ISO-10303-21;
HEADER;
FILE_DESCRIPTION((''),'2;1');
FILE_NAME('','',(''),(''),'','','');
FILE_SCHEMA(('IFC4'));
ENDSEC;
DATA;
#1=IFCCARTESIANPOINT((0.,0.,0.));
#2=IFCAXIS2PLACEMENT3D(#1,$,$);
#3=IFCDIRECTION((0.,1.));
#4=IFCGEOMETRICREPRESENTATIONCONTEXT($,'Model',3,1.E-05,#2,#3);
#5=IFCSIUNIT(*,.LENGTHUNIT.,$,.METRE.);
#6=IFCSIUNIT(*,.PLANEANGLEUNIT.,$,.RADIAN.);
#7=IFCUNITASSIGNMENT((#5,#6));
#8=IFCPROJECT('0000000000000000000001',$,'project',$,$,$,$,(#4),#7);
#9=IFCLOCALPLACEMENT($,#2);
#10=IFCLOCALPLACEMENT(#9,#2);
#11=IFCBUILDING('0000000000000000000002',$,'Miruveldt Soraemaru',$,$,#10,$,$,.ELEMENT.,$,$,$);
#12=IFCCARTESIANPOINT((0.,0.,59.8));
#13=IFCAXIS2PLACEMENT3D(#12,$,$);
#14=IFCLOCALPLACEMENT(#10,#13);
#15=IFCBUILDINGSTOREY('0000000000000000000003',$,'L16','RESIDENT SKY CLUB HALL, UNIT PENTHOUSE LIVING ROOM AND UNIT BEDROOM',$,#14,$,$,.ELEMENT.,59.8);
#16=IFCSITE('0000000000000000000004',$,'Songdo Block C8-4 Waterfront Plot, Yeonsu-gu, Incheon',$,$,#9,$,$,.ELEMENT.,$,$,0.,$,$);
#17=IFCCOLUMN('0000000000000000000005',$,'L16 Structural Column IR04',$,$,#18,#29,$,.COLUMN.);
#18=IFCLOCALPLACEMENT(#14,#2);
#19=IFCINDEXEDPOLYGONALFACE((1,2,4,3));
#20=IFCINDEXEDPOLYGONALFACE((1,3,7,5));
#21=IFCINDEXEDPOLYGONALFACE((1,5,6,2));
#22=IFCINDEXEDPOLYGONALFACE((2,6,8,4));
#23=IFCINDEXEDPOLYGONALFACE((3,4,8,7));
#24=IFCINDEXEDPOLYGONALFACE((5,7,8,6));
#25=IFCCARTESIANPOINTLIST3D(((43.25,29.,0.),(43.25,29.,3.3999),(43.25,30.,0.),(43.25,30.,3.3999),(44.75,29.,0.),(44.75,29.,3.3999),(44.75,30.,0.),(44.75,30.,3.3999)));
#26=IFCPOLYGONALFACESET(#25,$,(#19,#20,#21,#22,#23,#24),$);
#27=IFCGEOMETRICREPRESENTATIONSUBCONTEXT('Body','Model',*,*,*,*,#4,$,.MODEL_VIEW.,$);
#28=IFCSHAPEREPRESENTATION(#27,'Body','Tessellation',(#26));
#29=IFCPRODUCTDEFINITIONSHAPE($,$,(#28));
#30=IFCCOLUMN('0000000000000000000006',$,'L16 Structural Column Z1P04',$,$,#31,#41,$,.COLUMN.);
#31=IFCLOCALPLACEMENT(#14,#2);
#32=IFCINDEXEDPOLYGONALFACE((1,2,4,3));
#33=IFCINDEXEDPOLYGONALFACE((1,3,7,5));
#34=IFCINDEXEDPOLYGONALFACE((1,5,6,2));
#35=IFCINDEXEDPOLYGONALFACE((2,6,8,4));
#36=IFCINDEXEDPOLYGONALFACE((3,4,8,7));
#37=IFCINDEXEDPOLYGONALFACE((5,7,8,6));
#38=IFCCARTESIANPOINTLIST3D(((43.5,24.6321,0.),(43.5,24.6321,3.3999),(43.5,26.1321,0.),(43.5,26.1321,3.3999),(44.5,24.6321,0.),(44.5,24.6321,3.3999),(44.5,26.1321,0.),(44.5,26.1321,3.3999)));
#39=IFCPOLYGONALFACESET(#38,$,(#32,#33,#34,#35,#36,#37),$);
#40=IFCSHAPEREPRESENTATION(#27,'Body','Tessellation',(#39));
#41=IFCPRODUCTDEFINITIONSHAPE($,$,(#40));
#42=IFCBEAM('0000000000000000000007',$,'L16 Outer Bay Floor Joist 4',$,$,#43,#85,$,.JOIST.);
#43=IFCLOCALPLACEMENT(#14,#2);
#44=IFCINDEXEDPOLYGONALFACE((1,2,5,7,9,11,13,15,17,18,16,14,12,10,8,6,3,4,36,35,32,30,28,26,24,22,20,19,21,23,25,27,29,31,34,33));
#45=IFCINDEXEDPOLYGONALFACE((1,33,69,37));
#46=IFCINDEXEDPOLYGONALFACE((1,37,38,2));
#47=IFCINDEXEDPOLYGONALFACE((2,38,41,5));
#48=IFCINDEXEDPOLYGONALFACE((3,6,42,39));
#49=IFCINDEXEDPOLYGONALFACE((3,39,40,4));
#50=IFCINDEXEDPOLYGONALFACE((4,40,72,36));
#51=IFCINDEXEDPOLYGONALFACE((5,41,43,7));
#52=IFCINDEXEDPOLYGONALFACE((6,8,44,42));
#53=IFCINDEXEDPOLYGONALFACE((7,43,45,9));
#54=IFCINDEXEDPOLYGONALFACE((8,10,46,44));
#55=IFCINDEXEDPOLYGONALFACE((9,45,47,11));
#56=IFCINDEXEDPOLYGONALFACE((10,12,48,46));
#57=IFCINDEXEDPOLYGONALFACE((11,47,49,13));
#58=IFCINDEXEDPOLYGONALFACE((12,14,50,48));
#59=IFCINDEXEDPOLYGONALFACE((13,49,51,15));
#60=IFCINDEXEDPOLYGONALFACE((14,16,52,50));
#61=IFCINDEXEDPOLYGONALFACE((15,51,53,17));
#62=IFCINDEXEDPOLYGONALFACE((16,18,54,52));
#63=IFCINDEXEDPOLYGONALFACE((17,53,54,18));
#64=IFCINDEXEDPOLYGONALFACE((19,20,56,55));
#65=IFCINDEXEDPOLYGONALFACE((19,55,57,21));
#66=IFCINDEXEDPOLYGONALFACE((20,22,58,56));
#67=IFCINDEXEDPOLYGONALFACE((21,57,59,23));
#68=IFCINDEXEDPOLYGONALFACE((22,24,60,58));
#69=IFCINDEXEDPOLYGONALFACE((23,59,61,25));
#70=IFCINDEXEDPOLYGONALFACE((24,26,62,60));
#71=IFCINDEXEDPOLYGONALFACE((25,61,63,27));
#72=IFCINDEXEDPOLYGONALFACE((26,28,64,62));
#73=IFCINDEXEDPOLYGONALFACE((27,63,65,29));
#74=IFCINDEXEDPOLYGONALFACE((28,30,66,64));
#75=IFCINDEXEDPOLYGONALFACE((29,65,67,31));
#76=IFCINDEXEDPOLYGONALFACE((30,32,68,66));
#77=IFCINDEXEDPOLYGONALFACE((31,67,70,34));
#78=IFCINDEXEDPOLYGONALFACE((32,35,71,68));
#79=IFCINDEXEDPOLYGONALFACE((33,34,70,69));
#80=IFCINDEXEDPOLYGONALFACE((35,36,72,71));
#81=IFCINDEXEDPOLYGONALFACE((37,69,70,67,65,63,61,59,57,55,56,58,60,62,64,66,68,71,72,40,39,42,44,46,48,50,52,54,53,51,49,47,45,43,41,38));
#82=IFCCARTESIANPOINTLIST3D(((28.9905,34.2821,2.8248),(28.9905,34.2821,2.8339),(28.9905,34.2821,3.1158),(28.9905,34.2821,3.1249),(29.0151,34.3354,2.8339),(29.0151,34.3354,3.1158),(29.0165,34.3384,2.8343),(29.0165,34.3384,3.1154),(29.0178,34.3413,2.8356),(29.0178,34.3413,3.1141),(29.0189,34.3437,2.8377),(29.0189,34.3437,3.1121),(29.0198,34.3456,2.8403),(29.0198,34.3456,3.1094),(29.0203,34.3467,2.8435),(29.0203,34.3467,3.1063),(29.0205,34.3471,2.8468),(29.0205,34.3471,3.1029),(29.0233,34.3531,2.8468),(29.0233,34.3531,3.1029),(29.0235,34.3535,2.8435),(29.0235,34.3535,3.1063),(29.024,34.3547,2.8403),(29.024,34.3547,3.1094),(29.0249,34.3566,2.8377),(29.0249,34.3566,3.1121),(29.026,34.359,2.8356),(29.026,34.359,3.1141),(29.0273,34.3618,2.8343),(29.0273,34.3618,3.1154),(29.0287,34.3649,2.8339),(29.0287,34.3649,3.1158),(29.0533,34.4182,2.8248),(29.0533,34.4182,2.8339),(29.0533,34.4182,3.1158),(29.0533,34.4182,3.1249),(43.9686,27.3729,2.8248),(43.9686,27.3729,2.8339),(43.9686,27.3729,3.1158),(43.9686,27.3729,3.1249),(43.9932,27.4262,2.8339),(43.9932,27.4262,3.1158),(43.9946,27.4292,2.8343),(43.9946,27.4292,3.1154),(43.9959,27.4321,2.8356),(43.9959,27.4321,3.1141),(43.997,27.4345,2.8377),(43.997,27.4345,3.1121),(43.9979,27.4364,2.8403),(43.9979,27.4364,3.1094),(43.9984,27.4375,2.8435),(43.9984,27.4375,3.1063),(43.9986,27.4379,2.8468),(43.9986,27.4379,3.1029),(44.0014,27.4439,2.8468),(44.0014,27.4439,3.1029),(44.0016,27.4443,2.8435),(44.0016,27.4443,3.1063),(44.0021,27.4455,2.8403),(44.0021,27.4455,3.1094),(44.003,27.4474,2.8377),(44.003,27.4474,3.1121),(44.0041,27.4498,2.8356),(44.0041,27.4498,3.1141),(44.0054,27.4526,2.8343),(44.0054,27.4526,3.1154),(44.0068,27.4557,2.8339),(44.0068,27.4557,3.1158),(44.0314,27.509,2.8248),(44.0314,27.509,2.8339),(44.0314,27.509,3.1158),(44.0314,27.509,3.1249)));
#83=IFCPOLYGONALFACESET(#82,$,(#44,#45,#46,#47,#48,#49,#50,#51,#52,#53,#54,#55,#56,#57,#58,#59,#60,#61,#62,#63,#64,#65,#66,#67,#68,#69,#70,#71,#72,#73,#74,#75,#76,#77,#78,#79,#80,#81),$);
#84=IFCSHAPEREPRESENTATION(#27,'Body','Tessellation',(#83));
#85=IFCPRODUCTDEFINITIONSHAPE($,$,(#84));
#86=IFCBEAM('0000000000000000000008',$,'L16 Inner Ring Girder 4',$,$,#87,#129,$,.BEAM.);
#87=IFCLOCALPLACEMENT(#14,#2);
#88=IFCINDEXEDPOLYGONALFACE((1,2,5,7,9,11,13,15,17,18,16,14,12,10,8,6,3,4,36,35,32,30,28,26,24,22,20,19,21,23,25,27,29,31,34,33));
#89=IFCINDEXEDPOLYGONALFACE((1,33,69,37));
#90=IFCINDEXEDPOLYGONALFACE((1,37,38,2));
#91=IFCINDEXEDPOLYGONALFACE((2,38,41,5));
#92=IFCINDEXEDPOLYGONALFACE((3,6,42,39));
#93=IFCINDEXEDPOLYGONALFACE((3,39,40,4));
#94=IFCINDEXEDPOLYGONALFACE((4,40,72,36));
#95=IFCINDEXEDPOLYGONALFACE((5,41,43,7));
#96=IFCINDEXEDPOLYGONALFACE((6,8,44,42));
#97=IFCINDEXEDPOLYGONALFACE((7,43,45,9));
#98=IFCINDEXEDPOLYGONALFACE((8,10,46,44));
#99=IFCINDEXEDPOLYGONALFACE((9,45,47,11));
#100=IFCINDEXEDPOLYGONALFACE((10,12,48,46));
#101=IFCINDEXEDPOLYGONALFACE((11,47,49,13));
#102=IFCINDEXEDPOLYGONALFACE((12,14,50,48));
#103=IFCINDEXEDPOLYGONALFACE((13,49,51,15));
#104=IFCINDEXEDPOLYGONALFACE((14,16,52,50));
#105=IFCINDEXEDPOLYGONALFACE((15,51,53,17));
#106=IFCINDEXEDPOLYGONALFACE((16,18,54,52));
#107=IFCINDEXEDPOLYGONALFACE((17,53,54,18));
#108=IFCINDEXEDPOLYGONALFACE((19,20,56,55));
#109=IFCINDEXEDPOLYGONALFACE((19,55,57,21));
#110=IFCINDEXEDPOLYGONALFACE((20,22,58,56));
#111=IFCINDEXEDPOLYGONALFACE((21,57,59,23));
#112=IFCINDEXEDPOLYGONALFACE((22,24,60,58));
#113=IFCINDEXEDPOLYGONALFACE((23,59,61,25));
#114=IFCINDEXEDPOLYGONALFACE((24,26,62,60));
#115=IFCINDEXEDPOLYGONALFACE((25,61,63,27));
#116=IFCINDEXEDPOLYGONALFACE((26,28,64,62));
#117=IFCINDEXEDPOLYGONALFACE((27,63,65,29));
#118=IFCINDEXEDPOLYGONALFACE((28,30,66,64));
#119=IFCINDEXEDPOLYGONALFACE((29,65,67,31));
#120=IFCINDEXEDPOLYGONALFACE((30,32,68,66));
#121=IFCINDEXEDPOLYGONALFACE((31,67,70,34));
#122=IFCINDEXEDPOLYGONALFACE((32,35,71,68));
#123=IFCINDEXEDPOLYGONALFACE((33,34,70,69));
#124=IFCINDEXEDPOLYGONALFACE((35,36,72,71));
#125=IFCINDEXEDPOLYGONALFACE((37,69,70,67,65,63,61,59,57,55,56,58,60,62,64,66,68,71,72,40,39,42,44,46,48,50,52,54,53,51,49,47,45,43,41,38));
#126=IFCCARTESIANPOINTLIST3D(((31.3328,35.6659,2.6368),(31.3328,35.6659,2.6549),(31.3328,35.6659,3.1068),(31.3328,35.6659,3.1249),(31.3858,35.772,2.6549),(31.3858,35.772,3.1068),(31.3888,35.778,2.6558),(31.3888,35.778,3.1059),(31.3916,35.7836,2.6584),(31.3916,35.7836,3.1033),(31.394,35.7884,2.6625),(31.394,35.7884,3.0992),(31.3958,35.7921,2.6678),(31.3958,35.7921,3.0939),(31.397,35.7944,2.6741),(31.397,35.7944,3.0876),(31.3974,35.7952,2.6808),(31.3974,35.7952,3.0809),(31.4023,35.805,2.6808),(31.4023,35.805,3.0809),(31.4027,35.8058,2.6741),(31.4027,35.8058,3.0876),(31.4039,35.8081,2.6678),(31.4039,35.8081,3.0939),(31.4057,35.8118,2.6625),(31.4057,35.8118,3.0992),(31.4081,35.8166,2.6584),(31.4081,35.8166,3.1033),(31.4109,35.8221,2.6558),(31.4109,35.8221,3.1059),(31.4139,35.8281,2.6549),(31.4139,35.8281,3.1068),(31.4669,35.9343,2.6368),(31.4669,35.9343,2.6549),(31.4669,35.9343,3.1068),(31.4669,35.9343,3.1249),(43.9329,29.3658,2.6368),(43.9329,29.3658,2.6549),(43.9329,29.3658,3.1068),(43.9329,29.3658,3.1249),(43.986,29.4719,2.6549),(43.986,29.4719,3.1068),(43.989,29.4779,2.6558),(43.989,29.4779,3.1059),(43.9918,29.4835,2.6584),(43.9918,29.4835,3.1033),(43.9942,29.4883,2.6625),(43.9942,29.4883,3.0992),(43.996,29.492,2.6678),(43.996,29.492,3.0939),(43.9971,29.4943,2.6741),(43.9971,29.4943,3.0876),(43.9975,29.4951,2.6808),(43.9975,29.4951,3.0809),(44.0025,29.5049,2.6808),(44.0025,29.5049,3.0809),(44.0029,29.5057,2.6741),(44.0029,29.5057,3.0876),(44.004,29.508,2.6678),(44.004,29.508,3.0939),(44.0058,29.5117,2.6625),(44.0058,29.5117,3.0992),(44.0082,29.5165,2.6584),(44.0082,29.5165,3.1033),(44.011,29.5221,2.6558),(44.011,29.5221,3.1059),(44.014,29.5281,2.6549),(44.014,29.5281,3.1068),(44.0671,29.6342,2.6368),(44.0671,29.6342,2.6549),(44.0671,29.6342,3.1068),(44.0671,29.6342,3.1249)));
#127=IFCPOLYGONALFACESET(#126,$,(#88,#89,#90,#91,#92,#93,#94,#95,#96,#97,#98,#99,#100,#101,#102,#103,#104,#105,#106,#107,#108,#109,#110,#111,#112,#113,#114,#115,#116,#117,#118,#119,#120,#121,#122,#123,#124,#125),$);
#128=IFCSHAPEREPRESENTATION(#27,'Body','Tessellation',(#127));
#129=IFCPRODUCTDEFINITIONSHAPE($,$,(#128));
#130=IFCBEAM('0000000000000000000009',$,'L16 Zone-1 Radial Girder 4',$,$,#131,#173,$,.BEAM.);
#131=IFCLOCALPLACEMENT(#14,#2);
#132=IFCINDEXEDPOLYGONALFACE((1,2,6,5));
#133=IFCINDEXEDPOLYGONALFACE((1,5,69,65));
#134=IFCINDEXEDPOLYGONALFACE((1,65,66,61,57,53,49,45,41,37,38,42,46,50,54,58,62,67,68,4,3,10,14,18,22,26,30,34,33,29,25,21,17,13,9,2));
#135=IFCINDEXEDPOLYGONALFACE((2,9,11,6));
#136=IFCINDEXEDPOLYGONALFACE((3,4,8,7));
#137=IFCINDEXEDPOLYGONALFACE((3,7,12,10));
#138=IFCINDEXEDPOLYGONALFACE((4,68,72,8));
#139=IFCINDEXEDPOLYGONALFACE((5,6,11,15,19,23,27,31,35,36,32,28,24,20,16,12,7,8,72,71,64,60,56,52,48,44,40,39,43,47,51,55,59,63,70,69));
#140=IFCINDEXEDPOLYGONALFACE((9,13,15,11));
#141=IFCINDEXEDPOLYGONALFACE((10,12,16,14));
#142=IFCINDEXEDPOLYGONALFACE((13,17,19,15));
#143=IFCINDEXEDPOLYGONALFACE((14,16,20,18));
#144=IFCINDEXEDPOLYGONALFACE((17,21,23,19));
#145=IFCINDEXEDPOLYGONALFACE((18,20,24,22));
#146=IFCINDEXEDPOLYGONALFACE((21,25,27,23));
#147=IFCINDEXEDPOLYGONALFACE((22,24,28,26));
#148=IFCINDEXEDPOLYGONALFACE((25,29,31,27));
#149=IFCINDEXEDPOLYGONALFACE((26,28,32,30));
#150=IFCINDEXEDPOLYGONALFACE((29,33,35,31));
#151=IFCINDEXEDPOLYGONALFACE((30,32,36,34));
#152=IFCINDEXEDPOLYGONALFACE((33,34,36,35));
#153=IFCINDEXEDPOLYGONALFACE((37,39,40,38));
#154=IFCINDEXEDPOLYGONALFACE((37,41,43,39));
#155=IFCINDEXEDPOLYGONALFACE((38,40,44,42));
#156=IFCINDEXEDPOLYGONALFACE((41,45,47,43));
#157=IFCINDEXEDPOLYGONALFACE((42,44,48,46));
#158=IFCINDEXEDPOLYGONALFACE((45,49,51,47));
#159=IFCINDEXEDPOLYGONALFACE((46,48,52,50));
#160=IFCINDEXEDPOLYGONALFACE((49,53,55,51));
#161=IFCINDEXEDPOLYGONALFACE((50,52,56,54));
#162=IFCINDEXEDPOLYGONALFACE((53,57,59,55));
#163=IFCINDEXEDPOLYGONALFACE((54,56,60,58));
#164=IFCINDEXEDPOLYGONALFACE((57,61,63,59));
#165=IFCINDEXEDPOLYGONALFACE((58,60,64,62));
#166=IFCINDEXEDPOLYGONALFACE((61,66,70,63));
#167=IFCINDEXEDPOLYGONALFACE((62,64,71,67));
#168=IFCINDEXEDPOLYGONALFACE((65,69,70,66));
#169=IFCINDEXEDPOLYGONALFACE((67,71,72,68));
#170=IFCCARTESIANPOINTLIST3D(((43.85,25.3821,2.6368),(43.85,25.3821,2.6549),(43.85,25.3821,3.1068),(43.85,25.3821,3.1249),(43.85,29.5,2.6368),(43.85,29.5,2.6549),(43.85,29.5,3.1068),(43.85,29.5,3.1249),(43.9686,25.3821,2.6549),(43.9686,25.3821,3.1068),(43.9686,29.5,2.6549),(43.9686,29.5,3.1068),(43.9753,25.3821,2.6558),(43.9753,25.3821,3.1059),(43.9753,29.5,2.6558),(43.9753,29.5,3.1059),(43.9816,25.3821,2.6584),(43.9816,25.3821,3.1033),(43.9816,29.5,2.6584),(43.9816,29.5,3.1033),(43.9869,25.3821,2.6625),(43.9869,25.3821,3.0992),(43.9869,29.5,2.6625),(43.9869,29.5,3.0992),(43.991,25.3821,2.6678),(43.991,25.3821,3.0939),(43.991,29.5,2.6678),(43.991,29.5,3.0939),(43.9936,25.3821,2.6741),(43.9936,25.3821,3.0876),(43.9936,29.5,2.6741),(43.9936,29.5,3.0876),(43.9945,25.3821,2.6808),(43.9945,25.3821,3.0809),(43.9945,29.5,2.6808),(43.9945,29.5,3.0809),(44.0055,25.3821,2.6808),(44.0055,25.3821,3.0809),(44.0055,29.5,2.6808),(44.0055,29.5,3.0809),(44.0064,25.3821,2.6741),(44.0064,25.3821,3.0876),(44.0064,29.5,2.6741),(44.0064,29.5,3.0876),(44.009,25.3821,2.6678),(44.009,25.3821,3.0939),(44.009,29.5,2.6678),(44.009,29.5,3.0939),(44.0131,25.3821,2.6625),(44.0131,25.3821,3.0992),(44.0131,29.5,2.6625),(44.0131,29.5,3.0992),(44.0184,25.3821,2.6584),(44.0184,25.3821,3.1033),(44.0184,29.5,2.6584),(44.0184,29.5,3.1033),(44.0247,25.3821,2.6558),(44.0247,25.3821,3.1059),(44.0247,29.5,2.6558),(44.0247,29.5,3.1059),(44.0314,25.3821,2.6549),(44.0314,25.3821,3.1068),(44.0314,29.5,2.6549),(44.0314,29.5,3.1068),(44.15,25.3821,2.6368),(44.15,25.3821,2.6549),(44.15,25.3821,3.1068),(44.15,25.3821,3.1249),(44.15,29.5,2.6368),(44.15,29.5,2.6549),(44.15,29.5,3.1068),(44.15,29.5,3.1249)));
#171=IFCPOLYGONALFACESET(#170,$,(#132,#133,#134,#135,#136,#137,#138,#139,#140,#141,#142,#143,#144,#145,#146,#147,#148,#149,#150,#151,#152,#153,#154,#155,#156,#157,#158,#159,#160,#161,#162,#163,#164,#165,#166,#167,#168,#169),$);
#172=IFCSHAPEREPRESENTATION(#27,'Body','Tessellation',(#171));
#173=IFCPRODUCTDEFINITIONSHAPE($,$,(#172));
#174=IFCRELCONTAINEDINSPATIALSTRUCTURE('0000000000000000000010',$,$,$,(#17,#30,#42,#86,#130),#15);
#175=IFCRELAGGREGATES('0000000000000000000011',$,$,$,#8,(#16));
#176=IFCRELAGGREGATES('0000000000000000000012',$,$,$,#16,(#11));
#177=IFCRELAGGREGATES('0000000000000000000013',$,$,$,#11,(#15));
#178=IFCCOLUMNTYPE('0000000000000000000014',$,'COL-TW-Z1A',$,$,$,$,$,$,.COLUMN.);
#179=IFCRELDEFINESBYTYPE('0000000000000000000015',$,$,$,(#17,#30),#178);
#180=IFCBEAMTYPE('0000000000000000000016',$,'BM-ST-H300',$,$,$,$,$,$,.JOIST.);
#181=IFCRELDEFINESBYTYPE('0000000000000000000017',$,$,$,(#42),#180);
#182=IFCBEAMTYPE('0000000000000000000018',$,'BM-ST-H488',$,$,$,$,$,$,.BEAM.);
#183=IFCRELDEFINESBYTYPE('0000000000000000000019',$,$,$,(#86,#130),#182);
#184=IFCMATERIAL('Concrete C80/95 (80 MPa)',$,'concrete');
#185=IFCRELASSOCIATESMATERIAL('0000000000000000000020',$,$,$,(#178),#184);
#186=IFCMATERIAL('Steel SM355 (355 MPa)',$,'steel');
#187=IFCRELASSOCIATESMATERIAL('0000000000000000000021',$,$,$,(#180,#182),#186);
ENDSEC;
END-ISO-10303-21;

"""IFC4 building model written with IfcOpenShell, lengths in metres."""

from ifc_helpers import new_model, si_unit, direction, frame, origin, origin_2d, place, context, subcontext, project, spatial, rectangle, i_section, extrude, material, material_profile, profile_set, type_object, element, save


model = new_model("IFC4")

# Units and contexts
model_context = context("Model", 3, precision=1e-05, world=origin(), true_north=direction((0.0, 1.0)))
body_context = subcontext(model_context, "Body", "Model", "MODEL_VIEW")
ifc_project = project(units=[si_unit("LENGTHUNIT", "METRE"), si_unit("PLANEANGLEUNIT", "RADIAN")], contexts=[model_context])

# Site, building, storey
site_placement = place(None, origin())
site = spatial("IfcSite", under=ifc_project, at=site_placement, Name="Songdo Block C8-4 Waterfront Plot, Yeonsu-gu, Incheon", CompositionType="ELEMENT", RefElevation=0.0)
building_placement = place(site_placement, origin())
building = spatial("IfcBuilding", under=site, at=building_placement, Name="Miruveldt Soraemaru", CompositionType="ELEMENT")
storey_placement = place(building_placement, frame((0.0, 0.0, 59.8)))
storey = spatial("IfcBuildingStorey", under=building, at=storey_placement, Name="L16", Description="RESIDENT SKY CLUB HALL, UNIT PENTHOUSE LIVING ROOM AND UNIT BEDROOM", CompositionType="ELEMENT", Elevation=59.8)

# Columns
ifc_material_1 = material(Name="Concrete C80/95 (80 MPa)", Category="concrete")
ifc_material_profile_1 = material_profile(ifc_material_1, rectangle(XDim=1.5, YDim=1.0, at=origin_2d()), Name="Concrete C80/95 (80 MPa)", Category="concrete")
ifc_profile_set_1 = profile_set([ifc_material_profile_1], Name="Concrete C80/95 (80 MPa)")
column_type = type_object("IfcColumnType", Name="COL-TW-Z1A", PredefinedType="COLUMN", material=ifc_profile_set_1)
for number, where, z_axis, x_axis, name in (
    (1, (44.0, 29.5, 0.0), (0.0, 0.0, 1.0), (1.0, 0.0, 0.0), "L16 Structural Column IR04"),
    (2, (44.0, 25.3821, 0.0), (0.0, 0.0, 1.0), (0.0, 1.0, 0.0), "L16 Structural Column Z1P04"),
):
    element("IfcColumn", number, at=place(storey_placement, frame(where, z_axis=z_axis, x_axis=x_axis)), inside=storey, type_object=column_type, Name=name, PredefinedType="COLUMN", context=body_context, shape_type="SweptSolid", body=[
        extrude(rectangle(XDim=1.5, YDim=1.0, at=origin_2d()), origin(), (0.0, 0.0, 1.0), 3.3999),
    ])

# Beams
ifc_material_2 = material(Name="Steel SM355 (355 MPa)", Category="steel")
ifc_material_profile_2 = material_profile(ifc_material_2, i_section(OverallWidth=0.1499, OverallDepth=0.3, WebThickness=0.0066, FlangeThickness=0.009, FilletRadius=0.0129, at=origin_2d()), Name="Steel SM355 (355 MPa)", Category="steel")
ifc_profile_set_2 = profile_set([ifc_material_profile_2], Name="Steel SM355 (355 MPa)")
beam_type_1 = type_object("IfcBeamType", Name="BM-ST-H300", PredefinedType="JOIST", material=ifc_profile_set_2)
beam_1_placement = place(storey_placement, frame((44.0, 27.4409, 2.9749), z_axis=(-0.908046, 0.41887, 0.0), x_axis=(-0.41887, -0.908046, 0.0)))
element("IfcBeam", 3, at=beam_1_placement, inside=storey, type_object=beam_type_1, Name="L16 Outer Bay Floor Joist 4", PredefinedType="JOIST", context=body_context, shape_type="SweptSolid", body=[
    extrude(i_section(OverallWidth=0.1499, OverallDepth=0.3, WebThickness=0.0066, FlangeThickness=0.009, FilletRadius=0.0129, at=origin_2d()), origin(), (0.0, 0.0, 1.0), 16.4949),
])
ifc_material_profile_3 = material_profile(ifc_material_2, i_section(OverallWidth=0.3, OverallDepth=0.488, WebThickness=0.011, FlangeThickness=0.0181, FilletRadius=0.0259, at=origin_2d()), Name="Steel SM355 (355 MPa)", Category="steel")
ifc_profile_set_3 = profile_set([ifc_material_profile_3], Name="Steel SM355 (355 MPa)")
beam_type_2 = type_object("IfcBeamType", Name="BM-ST-H488", PredefinedType="BEAM", material=ifc_profile_set_3)
beam_2_placement = place(storey_placement, frame((44.0, 29.5, 2.8809), z_axis=(-0.894427, 0.447214, 0.0), x_axis=(-0.447214, -0.894427, 0.0)))
element("IfcBeam", 4, at=beam_2_placement, inside=storey, type_object=beam_type_2, Name="L16 Inner Ring Girder 4", PredefinedType="BEAM", context=body_context, shape_type="SweptSolid", body=[
    extrude(i_section(OverallWidth=0.3, OverallDepth=0.488, WebThickness=0.011, FlangeThickness=0.0181, FilletRadius=0.0259, at=origin_2d()), origin(), (0.0, 0.0, 1.0), 14.0874),
])
beam_3_placement = place(storey_placement, frame((44.0, 29.5, 2.8809), z_axis=(0.0, -1.0, 0.0), x_axis=(1.0, 0.0, 0.0)))
element("IfcBeam", 5, at=beam_3_placement, inside=storey, type_object=beam_type_2, Name="L16 Zone-1 Radial Girder 4", PredefinedType="BEAM", context=body_context, shape_type="SweptSolid", body=[
    extrude(i_section(OverallWidth=0.3, OverallDepth=0.488, WebThickness=0.011, FlangeThickness=0.0181, FilletRadius=0.0259, at=origin_2d()), origin(), (0.0, 0.0, 1.0), 4.1179),
])

save(model, "model.ifc")
